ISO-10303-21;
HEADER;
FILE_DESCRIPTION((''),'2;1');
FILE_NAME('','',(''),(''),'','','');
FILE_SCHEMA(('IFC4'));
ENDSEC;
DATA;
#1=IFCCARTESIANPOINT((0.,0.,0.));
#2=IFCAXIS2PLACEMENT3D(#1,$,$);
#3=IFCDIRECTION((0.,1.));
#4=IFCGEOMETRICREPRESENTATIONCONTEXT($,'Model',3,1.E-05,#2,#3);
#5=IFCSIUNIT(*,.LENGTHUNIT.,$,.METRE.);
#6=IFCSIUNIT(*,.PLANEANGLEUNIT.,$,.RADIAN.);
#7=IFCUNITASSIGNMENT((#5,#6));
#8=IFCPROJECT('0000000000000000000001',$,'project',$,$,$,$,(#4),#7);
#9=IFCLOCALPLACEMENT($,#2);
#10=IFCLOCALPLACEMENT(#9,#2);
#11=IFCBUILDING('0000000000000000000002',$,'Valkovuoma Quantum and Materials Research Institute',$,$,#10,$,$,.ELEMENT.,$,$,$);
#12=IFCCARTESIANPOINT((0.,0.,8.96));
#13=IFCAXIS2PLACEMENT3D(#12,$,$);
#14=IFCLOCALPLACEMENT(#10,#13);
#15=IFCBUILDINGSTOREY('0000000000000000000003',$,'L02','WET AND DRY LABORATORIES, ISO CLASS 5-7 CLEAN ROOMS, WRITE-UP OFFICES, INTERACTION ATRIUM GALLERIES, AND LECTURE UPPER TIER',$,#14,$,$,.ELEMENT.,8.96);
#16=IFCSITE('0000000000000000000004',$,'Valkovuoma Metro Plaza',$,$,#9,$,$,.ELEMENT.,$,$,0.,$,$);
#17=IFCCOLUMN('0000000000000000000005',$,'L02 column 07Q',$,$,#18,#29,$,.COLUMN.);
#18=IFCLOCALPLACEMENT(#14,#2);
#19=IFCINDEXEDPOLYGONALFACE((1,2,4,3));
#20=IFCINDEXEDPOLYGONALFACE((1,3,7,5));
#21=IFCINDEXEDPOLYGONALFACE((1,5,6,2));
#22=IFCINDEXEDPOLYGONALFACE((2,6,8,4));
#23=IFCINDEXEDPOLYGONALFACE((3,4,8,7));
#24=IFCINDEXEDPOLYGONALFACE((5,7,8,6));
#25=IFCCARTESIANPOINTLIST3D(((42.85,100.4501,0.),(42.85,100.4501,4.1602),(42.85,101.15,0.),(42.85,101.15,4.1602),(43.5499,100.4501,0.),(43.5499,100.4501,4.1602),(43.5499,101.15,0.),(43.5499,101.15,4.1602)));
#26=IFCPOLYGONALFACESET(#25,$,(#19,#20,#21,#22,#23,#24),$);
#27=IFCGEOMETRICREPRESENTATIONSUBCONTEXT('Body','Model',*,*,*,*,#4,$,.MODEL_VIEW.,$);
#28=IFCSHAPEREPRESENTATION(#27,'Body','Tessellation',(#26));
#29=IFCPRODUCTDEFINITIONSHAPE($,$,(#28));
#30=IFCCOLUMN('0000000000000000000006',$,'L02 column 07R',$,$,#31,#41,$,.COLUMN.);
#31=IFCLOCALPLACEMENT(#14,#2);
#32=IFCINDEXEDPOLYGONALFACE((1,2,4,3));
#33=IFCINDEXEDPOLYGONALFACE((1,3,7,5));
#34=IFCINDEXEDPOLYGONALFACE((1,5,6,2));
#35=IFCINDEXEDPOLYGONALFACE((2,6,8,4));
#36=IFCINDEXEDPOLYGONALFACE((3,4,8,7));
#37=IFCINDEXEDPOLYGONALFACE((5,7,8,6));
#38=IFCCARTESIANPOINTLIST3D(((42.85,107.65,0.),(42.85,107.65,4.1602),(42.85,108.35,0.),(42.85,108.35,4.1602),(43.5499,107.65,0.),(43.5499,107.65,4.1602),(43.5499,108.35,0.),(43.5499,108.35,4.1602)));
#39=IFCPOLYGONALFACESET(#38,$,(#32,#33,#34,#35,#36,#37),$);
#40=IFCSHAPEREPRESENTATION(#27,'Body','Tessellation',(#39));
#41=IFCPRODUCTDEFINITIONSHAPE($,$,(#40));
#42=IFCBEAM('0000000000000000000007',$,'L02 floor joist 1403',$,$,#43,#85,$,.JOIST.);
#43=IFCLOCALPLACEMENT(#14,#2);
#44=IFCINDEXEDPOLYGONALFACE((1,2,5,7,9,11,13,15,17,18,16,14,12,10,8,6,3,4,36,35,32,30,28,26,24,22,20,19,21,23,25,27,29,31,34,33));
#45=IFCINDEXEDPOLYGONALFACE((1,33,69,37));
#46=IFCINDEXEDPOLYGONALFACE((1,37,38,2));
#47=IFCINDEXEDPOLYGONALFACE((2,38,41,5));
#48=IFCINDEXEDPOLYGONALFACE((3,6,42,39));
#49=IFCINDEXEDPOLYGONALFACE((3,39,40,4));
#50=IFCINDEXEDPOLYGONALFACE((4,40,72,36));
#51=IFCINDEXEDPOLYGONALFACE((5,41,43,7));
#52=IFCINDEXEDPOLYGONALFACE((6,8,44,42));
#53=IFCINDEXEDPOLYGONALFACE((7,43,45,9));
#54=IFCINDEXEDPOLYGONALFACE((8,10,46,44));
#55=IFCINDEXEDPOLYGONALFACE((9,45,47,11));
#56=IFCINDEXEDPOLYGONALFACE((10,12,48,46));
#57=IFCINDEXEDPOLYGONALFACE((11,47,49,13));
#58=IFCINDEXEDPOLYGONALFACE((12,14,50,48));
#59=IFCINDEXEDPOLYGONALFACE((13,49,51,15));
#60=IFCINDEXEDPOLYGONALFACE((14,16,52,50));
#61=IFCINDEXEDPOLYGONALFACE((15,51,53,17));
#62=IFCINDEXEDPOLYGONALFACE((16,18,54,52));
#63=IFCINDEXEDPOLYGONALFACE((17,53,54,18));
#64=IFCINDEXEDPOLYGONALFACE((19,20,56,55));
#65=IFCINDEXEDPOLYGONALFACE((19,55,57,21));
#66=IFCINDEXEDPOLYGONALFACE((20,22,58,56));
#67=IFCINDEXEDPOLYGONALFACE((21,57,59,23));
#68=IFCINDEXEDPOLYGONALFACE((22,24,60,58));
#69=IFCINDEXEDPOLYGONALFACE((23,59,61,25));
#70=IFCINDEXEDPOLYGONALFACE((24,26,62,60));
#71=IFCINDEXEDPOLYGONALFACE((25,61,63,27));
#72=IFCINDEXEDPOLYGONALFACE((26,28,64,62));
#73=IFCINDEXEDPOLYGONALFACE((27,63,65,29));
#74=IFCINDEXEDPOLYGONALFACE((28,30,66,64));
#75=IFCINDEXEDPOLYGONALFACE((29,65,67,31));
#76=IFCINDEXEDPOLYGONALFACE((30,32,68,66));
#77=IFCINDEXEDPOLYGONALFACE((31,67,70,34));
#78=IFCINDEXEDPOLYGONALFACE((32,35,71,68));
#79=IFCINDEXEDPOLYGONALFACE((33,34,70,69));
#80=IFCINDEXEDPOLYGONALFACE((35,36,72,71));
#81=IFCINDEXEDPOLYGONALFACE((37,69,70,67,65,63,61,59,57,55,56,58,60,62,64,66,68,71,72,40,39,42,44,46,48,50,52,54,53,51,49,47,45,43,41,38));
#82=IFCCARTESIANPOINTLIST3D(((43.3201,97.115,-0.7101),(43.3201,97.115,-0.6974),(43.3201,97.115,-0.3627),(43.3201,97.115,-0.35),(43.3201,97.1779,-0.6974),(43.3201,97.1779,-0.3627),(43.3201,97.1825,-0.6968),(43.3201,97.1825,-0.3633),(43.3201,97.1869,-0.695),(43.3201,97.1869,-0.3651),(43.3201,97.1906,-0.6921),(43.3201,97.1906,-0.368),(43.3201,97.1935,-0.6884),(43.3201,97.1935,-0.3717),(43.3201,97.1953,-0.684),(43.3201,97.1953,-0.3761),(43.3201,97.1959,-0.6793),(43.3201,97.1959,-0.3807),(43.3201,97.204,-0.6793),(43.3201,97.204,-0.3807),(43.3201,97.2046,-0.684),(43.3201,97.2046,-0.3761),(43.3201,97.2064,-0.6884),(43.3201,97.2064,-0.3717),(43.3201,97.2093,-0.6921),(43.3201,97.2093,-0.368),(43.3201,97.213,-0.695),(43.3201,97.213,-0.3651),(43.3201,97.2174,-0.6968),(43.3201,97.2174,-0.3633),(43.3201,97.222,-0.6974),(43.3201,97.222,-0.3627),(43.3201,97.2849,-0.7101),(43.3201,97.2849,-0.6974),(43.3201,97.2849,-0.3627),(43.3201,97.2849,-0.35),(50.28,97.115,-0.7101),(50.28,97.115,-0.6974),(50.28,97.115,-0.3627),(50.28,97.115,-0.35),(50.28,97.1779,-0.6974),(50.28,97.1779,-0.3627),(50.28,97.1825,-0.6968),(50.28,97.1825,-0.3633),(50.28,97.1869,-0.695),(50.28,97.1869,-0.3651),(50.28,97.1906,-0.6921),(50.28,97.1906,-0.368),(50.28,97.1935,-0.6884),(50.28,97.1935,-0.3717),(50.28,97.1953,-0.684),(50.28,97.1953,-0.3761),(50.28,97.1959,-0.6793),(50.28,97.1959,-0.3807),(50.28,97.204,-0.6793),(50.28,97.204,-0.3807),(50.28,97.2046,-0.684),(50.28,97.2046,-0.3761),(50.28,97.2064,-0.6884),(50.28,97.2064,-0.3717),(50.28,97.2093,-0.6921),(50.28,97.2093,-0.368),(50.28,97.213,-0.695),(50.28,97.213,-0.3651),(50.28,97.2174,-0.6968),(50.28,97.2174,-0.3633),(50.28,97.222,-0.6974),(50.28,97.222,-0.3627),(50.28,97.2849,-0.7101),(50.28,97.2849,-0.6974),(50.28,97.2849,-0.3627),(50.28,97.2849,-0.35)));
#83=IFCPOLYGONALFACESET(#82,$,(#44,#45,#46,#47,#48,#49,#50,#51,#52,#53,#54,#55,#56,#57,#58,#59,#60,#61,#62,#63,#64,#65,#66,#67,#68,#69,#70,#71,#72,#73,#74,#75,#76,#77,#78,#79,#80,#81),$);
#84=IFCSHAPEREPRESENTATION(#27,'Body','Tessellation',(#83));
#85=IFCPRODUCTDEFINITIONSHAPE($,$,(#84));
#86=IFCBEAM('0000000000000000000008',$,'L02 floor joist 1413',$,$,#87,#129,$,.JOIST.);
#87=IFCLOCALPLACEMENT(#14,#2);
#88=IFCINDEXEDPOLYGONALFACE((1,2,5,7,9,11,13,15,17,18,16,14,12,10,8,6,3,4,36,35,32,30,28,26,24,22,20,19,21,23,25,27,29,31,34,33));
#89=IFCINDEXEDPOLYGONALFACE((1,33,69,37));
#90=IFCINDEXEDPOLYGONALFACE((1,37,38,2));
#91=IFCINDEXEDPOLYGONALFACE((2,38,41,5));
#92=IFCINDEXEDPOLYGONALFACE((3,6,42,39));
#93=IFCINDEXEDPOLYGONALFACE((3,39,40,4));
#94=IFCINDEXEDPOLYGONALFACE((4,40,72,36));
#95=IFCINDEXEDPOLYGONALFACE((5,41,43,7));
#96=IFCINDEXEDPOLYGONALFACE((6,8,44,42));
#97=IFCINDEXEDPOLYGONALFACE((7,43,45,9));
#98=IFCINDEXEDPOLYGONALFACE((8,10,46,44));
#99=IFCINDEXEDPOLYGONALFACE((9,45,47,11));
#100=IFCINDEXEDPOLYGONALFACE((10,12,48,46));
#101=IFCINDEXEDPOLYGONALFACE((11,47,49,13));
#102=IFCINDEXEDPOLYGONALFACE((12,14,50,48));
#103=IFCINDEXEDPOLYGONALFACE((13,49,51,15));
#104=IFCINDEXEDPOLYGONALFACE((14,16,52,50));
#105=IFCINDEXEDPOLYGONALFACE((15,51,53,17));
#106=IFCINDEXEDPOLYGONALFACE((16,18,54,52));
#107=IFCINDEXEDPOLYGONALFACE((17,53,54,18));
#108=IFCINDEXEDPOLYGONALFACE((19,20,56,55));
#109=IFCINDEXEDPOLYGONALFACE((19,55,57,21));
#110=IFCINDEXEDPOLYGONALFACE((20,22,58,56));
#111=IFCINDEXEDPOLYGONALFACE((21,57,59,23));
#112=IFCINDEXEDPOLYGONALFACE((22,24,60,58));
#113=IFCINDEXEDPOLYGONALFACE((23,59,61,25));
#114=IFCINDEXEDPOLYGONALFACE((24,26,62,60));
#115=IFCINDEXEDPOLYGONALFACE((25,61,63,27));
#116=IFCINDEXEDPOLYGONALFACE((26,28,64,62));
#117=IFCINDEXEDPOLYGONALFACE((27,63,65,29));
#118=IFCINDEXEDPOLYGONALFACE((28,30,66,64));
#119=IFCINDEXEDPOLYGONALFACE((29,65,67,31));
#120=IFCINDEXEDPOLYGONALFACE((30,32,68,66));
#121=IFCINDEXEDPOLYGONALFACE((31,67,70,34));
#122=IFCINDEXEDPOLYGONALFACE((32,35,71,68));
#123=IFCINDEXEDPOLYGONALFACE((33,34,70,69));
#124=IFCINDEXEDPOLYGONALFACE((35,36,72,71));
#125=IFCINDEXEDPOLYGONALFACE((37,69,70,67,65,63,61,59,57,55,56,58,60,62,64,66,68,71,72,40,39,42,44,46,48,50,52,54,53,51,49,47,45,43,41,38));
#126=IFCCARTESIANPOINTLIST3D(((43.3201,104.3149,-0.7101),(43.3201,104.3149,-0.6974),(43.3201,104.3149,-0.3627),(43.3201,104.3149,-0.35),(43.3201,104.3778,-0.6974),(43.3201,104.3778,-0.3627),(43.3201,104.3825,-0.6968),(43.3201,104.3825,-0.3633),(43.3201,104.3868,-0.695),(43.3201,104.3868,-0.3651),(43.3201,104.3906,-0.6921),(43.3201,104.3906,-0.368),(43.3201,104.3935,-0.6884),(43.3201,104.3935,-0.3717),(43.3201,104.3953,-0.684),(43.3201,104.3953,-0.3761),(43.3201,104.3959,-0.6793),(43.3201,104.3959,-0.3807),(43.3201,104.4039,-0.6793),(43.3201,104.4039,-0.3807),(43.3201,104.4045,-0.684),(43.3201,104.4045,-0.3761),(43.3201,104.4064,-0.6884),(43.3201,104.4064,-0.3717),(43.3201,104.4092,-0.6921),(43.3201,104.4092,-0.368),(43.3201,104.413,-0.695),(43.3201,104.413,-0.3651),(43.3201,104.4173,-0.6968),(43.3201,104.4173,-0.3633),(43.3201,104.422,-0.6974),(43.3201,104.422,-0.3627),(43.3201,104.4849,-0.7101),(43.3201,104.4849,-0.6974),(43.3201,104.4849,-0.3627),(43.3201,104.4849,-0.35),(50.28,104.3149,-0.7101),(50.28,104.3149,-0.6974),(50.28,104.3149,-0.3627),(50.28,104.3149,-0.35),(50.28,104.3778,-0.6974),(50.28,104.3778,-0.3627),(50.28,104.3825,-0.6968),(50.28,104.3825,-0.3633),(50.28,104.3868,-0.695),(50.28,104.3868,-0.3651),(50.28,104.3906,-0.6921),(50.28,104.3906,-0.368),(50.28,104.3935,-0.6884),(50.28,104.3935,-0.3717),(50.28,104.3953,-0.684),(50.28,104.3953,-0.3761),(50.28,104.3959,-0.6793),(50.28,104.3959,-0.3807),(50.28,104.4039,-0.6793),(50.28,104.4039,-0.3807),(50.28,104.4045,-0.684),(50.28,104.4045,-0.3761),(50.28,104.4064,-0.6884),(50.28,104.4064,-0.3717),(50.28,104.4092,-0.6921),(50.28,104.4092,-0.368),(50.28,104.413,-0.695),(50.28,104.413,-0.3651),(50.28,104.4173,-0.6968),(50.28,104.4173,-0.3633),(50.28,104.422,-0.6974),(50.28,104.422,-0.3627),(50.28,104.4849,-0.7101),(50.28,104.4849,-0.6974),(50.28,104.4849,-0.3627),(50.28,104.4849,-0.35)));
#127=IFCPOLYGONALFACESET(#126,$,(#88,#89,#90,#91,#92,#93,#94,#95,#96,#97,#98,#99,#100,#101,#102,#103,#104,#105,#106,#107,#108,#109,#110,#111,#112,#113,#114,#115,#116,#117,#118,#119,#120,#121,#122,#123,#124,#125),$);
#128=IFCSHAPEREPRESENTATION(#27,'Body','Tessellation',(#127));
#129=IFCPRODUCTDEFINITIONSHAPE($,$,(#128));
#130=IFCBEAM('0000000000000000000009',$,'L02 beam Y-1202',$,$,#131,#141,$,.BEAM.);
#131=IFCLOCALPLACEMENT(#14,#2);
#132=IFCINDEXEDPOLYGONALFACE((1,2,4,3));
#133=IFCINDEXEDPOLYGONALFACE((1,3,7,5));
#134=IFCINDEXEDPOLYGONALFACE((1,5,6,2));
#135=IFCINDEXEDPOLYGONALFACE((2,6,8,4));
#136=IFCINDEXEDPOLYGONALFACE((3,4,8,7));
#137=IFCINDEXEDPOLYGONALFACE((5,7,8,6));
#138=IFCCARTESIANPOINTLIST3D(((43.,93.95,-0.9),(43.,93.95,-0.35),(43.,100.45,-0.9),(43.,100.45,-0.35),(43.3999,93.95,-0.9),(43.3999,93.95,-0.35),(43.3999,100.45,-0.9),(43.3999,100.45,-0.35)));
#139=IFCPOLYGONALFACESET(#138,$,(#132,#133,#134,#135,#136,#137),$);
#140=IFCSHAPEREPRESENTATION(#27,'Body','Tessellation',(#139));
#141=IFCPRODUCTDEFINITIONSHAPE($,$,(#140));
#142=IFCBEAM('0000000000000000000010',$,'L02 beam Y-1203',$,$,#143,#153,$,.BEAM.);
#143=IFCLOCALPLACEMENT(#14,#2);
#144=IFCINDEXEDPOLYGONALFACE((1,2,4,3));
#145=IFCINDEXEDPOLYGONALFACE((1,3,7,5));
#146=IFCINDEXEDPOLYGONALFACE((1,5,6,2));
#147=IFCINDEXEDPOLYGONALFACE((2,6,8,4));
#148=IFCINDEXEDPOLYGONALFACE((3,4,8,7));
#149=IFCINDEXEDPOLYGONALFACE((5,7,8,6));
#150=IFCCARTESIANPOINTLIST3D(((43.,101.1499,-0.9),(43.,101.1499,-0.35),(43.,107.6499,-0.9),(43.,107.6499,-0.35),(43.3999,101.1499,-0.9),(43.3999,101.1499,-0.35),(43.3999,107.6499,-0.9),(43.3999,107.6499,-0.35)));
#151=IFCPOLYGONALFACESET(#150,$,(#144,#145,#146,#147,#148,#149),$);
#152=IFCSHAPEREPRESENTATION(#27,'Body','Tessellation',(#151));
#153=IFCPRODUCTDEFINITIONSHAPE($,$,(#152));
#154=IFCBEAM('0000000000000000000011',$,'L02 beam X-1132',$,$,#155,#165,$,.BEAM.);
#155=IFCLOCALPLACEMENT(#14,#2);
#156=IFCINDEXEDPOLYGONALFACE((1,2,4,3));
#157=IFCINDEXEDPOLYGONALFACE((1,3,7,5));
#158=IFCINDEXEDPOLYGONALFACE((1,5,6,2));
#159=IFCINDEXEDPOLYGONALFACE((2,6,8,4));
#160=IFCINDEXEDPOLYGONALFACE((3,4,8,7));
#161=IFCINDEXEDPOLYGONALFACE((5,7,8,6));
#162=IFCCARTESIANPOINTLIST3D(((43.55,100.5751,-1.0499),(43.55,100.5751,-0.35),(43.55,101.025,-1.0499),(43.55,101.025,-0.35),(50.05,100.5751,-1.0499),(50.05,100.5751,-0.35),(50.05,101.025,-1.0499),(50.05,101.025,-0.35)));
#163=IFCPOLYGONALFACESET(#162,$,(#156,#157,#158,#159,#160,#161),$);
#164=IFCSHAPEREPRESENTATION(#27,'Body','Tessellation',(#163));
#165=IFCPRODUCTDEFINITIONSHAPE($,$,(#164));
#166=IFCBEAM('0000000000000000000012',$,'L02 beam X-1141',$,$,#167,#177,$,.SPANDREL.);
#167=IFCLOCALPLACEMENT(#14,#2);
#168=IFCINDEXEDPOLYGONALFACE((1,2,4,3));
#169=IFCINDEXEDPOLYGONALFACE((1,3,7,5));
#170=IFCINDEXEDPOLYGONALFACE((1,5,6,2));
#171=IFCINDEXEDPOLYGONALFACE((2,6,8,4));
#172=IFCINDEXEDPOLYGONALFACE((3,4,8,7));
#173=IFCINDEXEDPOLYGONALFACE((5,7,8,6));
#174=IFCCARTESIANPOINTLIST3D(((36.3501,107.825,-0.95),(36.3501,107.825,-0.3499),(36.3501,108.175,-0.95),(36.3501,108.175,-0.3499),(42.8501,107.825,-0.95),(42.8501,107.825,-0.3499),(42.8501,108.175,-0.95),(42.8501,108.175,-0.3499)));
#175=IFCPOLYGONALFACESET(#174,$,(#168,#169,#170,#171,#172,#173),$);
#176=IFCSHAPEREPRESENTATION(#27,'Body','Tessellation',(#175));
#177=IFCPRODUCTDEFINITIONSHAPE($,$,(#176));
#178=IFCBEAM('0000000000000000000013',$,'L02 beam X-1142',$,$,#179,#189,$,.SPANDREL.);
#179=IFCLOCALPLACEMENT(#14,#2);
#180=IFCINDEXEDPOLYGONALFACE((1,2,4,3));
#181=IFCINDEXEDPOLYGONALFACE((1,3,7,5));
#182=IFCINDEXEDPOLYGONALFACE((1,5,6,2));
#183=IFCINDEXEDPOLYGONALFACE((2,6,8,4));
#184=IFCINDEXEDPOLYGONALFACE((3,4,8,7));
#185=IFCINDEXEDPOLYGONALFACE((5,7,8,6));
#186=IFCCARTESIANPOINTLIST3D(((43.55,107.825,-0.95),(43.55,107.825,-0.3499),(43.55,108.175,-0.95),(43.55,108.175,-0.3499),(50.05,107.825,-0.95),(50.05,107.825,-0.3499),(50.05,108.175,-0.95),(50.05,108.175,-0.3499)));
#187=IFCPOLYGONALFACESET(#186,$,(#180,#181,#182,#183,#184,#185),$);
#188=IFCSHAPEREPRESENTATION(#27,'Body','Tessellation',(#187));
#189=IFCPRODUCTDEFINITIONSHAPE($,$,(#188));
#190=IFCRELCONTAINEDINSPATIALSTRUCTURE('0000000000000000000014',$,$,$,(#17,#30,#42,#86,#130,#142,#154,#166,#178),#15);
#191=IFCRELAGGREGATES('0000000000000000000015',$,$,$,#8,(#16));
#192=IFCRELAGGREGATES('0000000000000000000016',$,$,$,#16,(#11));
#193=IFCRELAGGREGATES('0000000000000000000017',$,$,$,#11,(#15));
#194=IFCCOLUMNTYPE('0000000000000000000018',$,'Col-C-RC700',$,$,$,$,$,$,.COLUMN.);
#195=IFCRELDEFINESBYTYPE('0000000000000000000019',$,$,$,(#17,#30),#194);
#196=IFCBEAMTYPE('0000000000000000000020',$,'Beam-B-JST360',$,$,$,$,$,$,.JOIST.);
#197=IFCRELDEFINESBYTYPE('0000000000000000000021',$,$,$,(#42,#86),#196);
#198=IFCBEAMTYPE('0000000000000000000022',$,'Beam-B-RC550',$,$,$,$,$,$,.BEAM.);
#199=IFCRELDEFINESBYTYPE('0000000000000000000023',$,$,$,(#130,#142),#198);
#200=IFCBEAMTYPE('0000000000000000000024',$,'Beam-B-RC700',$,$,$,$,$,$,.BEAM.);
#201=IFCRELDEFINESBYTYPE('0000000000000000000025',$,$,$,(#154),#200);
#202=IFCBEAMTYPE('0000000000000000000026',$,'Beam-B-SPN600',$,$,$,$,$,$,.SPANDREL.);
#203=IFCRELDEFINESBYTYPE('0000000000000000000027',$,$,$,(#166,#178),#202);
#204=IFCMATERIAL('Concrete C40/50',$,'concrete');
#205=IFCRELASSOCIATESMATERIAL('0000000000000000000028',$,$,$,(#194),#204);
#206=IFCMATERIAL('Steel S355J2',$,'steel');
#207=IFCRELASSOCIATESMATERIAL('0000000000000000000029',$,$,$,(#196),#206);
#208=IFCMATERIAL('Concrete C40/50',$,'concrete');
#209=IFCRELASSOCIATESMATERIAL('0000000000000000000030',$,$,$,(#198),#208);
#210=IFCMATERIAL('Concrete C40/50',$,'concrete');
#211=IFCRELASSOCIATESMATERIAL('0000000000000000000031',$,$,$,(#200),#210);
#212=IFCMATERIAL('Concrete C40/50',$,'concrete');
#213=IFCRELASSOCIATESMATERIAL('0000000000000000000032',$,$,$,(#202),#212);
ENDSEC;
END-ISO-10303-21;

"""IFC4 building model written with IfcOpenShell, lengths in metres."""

from ifc_helpers import new_model, si_unit, direction, frame, origin, origin_2d, place, context, subcontext, project, spatial, rectangle, i_section, extrude, material, material_profile, profile_set, type_object, element, save


model = new_model("IFC4")

# Units and contexts
model_context = context("Model", 3, precision=1e-05, world=origin(), true_north=direction((0.0, 1.0)))
body_context = subcontext(model_context, "Body", "Model", "MODEL_VIEW")
ifc_project = project(units=[si_unit("LENGTHUNIT", "METRE"), si_unit("PLANEANGLEUNIT", "RADIAN")], contexts=[model_context])

# Site, building, storey
site_placement = place(None, origin())
site = spatial("IfcSite", under=ifc_project, at=site_placement, Name="Valkovuoma Metro Plaza", CompositionType="ELEMENT", RefElevation=0.0)
building_placement = place(site_placement, origin())
building = spatial("IfcBuilding", under=site, at=building_placement, Name="Valkovuoma Quantum and Materials Research Institute", CompositionType="ELEMENT")
storey_placement = place(building_placement, frame((0.0, 0.0, 8.96)))
storey = spatial("IfcBuildingStorey", under=building, at=storey_placement, Name="L02", Description="WET AND DRY LABORATORIES, ISO CLASS 5-7 CLEAN ROOMS, WRITE-UP OFFICES, INTERACTION ATRIUM GALLERIES, AND LECTURE UPPER TIER", CompositionType="ELEMENT", Elevation=8.96)

# Columns
ifc_material_1 = material(Name="Concrete C40/50", Category="concrete")
ifc_material_profile_1 = material_profile(ifc_material_1, rectangle(XDim=0.7, YDim=0.7, at=origin_2d()), Name="Concrete C40/50")
ifc_profile_set_1 = profile_set([ifc_material_profile_1], Name="Concrete C40/50")
column_type = type_object("IfcColumnType", Name="Col-C-RC700", PredefinedType="COLUMN", material=ifc_profile_set_1)
for number, where, z_axis, x_axis, name in (
    (1, (43.2, 100.8, 0.0), (0.0, 0.0, 1.0), (1.0, 0.0, 0.0), "L02 column 07Q"),
    (2, (43.2, 108.0, 0.0), (0.0, 0.0, 1.0), (1.0, 0.0, 0.0), "L02 column 07R"),
):
    element("IfcColumn", number, at=place(storey_placement, frame(where, z_axis=z_axis, x_axis=x_axis)), inside=storey, type_object=column_type, Name=name, PredefinedType="COLUMN", context=body_context, shape_type="SweptSolid", body=[
        extrude(rectangle(XDim=0.7, YDim=0.7, at=origin_2d()), origin(), (0.0, 0.0, 1.0), 4.1602),
    ])

# Beams
ifc_material_2 = material(Name="Steel S355J2", Category="steel")
ifc_material_profile_2 = material_profile(ifc_material_2, i_section(OverallWidth=0.1699, OverallDepth=0.3601, WebThickness=0.0081, FlangeThickness=0.0127, FilletRadius=0.0181, at=origin_2d()), Name="Steel S355J2")
ifc_profile_set_2 = profile_set([ifc_material_profile_2], Name="Steel S355J2")
beam_type_1 = type_object("IfcBeamType", Name="Beam-B-JST360", PredefinedType="JOIST", material=ifc_profile_set_2)
for number, where, z_axis, x_axis, name in (
    (3, (43.3201, 97.2, -0.53), (1.0, 0.0, 0.0), (0.0, 1.0, 0.0), "L02 floor joist 1403"),
    (4, (43.3201, 104.3999, -0.53), (1.0, 0.0, 0.0), (0.0, 1.0, 0.0), "L02 floor joist 1413"),
):
    element("IfcBeam", number, at=place(storey_placement, frame(where, z_axis=z_axis, x_axis=x_axis)), inside=storey, type_object=beam_type_1, Name=name, PredefinedType="JOIST", context=body_context, shape_type="SweptSolid", body=[
        extrude(i_section(OverallWidth=0.1699, OverallDepth=0.3601, WebThickness=0.0081, FlangeThickness=0.0127, FilletRadius=0.0181, at=origin_2d()), origin(), (0.0, 0.0, 1.0), 6.96),
    ])
ifc_material_3 = material(Name="Concrete C40/50", Category="concrete")
ifc_material_profile_3 = material_profile(ifc_material_3, rectangle(XDim=0.3999, YDim=0.55, at=origin_2d()), Name="Concrete C40/50")
ifc_profile_set_3 = profile_set([ifc_material_profile_3], Name="Concrete C40/50")
beam_type_2 = type_object("IfcBeamType", Name="Beam-B-RC550", PredefinedType="BEAM", material=ifc_profile_set_3)
for number, where, z_axis, x_axis, name in (
    (5, (43.2, 93.95, -0.625), (0.0, 1.0, 0.0), (-1.0, 0.0, 0.0), "L02 beam Y-1202"),
    (6, (43.2, 101.1499, -0.625), (0.0, 1.0, 0.0), (-1.0, 0.0, 0.0), "L02 beam Y-1203"),
):
    element("IfcBeam", number, at=place(storey_placement, frame(where, z_axis=z_axis, x_axis=x_axis)), inside=storey, type_object=beam_type_2, Name=name, PredefinedType="BEAM", context=body_context, shape_type="SweptSolid", body=[
        extrude(rectangle(XDim=0.3999, YDim=0.55, at=origin_2d()), origin(), (0.0, 0.0, 1.0), 6.5),
    ])
ifc_material_4 = material(Name="Concrete C40/50", Category="concrete")
ifc_material_profile_4 = material_profile(ifc_material_4, rectangle(XDim=0.45, YDim=0.7, at=origin_2d()), Name="Concrete C40/50")
ifc_profile_set_4 = profile_set([ifc_material_profile_4], Name="Concrete C40/50")
beam_type_3 = type_object("IfcBeamType", Name="Beam-B-RC700", PredefinedType="BEAM", material=ifc_profile_set_4)
beam_placement = place(storey_placement, frame((43.55, 100.8, -0.7), z_axis=(1.0, 0.0, 0.0), x_axis=(0.0, 1.0, 0.0)))
element("IfcBeam", 7, at=beam_placement, inside=storey, type_object=beam_type_3, Name="L02 beam X-1132", PredefinedType="BEAM", context=body_context, shape_type="SweptSolid", body=[
    extrude(rectangle(XDim=0.45, YDim=0.7, at=origin_2d()), origin(), (0.0, 0.0, 1.0), 6.5),
])
ifc_material_5 = material(Name="Concrete C40/50", Category="concrete")
ifc_material_profile_5 = material_profile(ifc_material_5, rectangle(XDim=0.3501, YDim=0.6001, at=origin_2d()), Name="Concrete C40/50")
ifc_profile_set_5 = profile_set([ifc_material_profile_5], Name="Concrete C40/50")
beam_type_4 = type_object("IfcBeamType", Name="Beam-B-SPN600", PredefinedType="SPANDREL", material=ifc_profile_set_5)
for number, where, z_axis, x_axis, name in (
    (8, (36.3501, 108.0, -0.6499), (1.0, 0.0, 0.0), (0.0, 1.0, 0.0), "L02 beam X-1141"),
    (9, (43.55, 108.0, -0.6499), (1.0, 0.0, 0.0), (0.0, 1.0, 0.0), "L02 beam X-1142"),
):
    element("IfcBeam", number, at=place(storey_placement, frame(where, z_axis=z_axis, x_axis=x_axis)), inside=storey, type_object=beam_type_4, Name=name, PredefinedType="SPANDREL", context=body_context, shape_type="SweptSolid", body=[
        extrude(rectangle(XDim=0.3501, YDim=0.6001, at=origin_2d()), origin(), (0.0, 0.0, 1.0), 6.5),
    ])

save(model, "model.ifc")
